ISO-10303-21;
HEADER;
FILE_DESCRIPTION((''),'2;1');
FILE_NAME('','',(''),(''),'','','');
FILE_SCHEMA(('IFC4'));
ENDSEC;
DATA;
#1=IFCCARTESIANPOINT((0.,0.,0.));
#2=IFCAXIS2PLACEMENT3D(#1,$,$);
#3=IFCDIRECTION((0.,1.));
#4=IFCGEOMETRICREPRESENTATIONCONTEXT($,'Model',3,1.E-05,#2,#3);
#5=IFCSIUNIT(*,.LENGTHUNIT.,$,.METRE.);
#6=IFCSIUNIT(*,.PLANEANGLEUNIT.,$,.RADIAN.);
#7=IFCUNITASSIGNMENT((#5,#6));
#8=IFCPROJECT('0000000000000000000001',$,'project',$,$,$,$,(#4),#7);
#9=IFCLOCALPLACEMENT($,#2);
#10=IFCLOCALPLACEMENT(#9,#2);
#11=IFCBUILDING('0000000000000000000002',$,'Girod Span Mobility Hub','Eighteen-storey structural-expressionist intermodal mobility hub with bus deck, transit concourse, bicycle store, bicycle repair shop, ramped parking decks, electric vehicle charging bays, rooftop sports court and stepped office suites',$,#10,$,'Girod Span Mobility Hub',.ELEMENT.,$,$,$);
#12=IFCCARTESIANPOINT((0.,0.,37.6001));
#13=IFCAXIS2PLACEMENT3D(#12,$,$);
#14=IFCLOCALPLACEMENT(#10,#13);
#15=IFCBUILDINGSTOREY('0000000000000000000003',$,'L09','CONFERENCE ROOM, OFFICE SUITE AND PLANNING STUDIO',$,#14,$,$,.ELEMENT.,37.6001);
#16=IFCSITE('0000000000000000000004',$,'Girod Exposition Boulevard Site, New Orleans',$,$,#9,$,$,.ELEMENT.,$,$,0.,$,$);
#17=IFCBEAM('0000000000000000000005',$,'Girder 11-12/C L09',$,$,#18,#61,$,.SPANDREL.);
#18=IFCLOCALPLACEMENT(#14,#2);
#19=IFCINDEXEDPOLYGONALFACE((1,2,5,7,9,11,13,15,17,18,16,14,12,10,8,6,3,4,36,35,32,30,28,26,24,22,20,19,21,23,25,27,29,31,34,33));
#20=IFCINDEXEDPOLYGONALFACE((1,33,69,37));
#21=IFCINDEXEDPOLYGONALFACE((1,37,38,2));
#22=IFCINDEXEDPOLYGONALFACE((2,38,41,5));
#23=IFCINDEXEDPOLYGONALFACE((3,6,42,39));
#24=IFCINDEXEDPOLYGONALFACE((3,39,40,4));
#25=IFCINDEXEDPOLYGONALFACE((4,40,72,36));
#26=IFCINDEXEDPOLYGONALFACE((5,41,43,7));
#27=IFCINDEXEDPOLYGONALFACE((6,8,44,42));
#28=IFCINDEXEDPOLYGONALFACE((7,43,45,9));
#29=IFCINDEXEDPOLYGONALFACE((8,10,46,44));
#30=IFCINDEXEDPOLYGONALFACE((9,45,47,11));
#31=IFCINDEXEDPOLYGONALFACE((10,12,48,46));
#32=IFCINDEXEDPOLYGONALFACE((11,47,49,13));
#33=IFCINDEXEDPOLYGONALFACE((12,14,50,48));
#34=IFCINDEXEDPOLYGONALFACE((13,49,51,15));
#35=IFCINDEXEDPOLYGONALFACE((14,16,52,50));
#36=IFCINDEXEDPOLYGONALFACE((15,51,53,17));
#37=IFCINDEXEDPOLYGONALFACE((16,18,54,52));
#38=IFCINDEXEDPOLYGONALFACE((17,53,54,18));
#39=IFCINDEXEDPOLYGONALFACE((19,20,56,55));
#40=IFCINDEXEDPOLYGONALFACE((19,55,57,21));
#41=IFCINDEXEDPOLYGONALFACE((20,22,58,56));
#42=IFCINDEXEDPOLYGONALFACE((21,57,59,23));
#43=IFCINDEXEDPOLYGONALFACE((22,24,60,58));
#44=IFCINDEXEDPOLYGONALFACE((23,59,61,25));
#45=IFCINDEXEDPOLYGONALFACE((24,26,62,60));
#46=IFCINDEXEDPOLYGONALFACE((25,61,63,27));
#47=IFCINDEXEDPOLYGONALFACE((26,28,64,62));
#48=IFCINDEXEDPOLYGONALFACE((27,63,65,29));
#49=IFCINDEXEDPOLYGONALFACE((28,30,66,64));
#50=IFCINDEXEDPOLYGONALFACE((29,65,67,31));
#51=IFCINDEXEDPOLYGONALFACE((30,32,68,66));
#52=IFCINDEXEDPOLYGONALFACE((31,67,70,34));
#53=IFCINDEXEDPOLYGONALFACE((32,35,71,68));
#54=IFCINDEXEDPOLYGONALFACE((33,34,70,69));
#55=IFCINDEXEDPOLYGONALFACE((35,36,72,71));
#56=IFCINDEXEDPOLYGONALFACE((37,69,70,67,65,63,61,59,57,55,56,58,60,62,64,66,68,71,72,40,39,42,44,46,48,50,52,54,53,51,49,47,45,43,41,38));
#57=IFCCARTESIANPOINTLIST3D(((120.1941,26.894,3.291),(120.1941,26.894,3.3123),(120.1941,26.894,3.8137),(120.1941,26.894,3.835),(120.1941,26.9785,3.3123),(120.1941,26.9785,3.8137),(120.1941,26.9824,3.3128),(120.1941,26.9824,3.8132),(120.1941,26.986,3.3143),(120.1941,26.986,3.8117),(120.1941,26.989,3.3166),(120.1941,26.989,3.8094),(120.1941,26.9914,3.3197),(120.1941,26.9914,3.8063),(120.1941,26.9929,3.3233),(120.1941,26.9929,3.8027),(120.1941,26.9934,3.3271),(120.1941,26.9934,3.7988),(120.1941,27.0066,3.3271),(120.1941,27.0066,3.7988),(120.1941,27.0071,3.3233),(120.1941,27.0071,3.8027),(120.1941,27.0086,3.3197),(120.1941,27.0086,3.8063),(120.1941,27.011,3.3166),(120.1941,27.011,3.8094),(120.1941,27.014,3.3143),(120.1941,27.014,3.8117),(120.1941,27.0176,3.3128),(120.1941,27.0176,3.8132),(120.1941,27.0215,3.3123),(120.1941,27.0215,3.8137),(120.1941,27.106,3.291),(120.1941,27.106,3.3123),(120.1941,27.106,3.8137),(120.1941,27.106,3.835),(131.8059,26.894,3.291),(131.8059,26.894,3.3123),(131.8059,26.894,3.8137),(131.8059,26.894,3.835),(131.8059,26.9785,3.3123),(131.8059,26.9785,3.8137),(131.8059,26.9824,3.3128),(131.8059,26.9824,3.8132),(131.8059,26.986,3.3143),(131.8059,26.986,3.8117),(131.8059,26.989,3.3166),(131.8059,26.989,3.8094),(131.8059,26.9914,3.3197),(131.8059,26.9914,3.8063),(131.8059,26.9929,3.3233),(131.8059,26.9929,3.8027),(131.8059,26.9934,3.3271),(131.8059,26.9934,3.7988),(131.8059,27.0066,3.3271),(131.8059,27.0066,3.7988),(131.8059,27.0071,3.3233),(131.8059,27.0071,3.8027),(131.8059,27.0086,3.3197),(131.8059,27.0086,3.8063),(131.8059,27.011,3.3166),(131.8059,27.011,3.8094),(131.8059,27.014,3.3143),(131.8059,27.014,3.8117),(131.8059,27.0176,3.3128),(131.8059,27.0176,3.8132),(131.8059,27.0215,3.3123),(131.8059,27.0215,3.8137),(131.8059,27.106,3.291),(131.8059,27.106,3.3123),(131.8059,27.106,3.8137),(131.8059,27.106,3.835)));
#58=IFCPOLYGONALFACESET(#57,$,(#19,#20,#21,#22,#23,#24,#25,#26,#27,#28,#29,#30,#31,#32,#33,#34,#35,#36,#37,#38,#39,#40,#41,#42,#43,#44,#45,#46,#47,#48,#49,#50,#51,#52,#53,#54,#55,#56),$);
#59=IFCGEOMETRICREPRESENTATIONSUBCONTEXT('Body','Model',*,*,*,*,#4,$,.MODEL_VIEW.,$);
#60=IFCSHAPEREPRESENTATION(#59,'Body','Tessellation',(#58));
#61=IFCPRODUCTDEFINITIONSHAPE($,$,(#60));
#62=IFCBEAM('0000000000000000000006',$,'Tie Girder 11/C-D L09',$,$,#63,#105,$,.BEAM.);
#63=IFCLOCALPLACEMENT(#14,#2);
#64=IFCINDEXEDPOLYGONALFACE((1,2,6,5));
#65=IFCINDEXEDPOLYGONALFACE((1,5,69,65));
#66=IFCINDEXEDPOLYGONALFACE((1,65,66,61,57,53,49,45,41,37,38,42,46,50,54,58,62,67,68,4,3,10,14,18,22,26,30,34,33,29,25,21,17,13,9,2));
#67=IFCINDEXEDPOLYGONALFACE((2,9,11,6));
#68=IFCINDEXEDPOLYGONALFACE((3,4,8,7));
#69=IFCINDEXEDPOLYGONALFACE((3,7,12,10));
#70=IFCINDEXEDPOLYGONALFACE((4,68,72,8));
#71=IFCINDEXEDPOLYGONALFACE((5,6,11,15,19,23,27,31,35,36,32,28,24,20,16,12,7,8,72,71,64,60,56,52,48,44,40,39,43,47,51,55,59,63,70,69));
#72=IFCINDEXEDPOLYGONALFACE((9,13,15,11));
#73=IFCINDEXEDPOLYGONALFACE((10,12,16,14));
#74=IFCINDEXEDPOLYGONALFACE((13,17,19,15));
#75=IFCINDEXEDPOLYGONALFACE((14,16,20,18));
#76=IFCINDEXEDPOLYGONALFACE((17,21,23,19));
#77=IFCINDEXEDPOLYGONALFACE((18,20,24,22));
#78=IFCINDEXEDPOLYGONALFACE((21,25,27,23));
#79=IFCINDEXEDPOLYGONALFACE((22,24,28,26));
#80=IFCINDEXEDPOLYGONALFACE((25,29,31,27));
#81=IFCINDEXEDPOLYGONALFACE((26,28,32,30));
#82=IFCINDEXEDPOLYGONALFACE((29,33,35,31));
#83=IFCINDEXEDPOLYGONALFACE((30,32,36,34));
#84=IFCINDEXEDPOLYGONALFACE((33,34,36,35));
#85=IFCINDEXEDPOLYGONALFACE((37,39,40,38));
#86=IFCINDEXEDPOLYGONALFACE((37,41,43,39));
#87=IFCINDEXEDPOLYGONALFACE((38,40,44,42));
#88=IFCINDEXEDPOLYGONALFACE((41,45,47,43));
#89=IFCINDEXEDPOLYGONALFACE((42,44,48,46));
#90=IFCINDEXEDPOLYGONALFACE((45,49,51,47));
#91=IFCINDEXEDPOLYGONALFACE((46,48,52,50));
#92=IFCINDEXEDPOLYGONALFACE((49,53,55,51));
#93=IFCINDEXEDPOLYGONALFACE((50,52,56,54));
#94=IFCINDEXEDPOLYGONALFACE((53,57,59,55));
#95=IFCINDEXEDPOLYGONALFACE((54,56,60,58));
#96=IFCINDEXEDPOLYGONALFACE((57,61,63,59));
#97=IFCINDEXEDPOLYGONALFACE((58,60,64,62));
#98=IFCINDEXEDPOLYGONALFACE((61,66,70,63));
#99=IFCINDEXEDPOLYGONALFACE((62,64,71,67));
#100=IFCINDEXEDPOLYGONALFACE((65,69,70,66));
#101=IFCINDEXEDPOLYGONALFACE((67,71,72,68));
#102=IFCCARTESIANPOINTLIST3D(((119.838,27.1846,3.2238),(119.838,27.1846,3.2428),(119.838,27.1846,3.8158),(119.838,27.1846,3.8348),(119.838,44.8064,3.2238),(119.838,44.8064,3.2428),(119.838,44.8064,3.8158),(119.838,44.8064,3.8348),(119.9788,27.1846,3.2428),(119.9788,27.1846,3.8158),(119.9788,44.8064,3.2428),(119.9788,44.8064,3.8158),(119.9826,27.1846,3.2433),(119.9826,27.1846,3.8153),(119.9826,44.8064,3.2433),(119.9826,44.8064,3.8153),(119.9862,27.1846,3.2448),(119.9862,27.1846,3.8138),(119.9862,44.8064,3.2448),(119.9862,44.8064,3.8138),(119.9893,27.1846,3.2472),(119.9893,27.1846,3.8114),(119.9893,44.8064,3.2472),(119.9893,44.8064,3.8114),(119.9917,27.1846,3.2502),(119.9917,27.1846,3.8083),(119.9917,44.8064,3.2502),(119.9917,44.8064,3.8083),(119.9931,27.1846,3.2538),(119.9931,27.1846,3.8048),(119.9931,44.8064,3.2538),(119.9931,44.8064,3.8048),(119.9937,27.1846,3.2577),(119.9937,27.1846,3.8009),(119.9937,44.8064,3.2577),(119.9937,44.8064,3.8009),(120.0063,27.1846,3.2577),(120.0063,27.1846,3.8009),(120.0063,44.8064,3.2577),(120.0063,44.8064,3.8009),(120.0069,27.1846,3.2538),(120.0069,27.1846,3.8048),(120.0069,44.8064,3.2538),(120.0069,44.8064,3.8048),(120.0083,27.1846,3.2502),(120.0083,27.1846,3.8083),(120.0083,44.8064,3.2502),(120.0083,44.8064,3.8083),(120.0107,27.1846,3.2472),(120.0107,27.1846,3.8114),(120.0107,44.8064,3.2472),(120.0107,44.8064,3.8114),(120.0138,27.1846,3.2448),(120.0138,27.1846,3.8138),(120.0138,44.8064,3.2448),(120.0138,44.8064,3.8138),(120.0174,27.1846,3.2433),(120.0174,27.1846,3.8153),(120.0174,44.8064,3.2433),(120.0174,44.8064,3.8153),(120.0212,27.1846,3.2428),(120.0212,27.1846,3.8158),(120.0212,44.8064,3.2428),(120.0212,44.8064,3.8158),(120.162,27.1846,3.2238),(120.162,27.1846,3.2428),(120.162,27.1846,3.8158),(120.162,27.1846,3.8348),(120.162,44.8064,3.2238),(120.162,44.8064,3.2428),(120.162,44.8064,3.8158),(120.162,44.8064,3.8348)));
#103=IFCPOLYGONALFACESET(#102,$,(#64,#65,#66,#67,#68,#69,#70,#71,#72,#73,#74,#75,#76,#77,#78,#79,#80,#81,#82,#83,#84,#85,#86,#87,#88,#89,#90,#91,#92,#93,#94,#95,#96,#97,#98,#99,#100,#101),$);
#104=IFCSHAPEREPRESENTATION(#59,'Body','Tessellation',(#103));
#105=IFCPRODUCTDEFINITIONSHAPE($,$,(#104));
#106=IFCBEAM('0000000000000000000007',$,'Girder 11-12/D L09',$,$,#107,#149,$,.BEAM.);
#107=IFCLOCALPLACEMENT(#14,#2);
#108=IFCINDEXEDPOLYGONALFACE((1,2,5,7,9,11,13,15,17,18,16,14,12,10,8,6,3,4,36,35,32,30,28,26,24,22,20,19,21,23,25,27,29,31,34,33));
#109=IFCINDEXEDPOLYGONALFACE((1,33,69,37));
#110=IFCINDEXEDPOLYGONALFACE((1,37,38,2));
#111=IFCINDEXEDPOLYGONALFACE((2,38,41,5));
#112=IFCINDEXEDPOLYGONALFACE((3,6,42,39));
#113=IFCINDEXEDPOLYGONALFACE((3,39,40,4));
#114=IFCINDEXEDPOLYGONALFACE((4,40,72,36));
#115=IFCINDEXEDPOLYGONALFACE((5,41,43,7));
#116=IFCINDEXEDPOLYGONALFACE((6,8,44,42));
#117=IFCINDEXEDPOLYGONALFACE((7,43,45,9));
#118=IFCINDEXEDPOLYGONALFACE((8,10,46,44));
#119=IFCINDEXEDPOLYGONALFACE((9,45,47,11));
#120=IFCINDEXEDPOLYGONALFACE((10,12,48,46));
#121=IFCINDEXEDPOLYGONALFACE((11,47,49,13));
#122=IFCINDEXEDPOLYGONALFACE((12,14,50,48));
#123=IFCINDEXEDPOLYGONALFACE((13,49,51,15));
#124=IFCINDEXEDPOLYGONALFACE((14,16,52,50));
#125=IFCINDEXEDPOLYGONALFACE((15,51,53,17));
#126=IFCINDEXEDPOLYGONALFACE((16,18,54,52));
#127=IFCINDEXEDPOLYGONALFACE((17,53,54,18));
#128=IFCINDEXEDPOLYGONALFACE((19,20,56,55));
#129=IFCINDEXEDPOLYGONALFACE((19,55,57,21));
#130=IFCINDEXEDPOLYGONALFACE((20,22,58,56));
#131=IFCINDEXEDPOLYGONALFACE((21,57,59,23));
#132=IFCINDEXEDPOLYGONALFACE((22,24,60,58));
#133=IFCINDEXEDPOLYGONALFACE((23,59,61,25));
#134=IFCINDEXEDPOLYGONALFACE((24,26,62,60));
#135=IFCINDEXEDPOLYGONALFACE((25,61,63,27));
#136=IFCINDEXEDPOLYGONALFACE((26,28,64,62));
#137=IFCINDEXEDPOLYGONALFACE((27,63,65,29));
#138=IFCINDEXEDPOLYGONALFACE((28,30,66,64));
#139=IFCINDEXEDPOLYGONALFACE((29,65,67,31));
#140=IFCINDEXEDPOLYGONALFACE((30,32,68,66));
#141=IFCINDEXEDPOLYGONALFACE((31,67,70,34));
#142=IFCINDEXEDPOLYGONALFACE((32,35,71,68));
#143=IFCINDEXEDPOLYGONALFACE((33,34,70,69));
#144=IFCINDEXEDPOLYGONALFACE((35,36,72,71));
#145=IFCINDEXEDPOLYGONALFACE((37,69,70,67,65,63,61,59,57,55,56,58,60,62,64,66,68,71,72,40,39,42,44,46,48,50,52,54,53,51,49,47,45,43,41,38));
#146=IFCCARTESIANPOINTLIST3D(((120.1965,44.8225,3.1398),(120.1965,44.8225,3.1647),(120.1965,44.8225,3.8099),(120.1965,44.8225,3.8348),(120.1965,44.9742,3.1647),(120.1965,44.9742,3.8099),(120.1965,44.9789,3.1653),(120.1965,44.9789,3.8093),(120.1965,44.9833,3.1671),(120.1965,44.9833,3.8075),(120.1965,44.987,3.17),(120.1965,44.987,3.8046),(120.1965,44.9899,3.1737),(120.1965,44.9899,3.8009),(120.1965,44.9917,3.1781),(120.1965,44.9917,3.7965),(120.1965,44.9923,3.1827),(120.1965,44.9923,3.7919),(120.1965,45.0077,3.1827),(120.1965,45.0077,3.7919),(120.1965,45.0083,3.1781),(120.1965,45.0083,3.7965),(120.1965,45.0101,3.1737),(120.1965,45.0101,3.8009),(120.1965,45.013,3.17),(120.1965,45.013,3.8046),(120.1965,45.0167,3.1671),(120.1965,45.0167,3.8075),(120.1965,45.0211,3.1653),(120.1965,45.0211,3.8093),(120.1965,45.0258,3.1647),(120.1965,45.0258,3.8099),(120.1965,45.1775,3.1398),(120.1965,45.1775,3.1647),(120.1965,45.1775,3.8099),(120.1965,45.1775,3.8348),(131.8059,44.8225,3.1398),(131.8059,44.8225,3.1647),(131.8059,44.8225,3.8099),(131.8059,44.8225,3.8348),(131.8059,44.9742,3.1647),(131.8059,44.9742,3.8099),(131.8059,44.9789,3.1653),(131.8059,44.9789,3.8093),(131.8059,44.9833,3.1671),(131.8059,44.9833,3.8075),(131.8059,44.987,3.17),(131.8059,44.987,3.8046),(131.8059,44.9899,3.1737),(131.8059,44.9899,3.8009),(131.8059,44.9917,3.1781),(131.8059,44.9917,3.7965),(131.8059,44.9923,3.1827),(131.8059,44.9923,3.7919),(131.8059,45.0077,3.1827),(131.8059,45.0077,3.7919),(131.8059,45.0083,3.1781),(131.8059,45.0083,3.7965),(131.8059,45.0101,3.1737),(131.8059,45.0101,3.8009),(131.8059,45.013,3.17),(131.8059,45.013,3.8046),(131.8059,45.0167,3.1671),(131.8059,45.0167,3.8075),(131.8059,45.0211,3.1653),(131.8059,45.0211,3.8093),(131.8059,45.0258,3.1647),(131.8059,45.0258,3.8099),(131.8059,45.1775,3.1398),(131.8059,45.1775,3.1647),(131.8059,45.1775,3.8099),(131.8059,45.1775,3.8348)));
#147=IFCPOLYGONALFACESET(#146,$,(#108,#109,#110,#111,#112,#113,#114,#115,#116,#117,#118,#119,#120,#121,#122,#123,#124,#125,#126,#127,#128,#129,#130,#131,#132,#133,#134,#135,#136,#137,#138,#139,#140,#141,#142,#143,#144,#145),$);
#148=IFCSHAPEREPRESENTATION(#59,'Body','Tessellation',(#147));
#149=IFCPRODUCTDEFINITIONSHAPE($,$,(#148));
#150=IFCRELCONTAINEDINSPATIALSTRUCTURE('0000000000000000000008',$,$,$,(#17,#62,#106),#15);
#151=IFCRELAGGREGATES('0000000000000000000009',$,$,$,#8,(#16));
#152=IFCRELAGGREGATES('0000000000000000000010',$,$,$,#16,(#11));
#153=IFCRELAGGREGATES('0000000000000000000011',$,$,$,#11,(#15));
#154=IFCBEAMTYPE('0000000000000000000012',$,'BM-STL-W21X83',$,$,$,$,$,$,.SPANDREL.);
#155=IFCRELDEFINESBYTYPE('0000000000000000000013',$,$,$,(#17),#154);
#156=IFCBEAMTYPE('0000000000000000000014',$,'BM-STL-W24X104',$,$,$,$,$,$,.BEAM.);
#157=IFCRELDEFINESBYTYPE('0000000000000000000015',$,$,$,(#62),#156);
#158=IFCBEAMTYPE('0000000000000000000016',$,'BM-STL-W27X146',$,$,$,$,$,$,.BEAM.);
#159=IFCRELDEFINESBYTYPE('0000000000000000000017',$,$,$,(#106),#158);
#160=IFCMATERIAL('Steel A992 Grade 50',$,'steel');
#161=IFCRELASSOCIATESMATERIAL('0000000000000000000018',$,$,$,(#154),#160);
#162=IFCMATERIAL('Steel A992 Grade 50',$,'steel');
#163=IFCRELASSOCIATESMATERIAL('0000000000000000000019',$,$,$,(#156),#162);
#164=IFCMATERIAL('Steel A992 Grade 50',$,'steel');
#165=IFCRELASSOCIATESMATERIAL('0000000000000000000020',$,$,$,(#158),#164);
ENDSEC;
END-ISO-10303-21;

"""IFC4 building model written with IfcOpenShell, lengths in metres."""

from ifc_helpers import new_model, si_unit, direction, frame, origin, origin_2d, place, context, subcontext, project, spatial, i_section, extrude, material, material_profile, profile_set, type_object, element, save


model = new_model("IFC4")

# Units and contexts
model_context = context("Model", 3, precision=1e-05, world=origin(), true_north=direction((0.0, 1.0)))
body_context = subcontext(model_context, "Body", "Model", "MODEL_VIEW")
ifc_project = project(units=[si_unit("LENGTHUNIT", "METRE"), si_unit("PLANEANGLEUNIT", "RADIAN")], contexts=[model_context])

# Site, building, storey
site_placement = place(None, origin())
site = spatial("IfcSite", under=ifc_project, at=site_placement, Name="Girod Exposition Boulevard Site, New Orleans", CompositionType="ELEMENT", RefElevation=0.0)
building_placement = place(site_placement, origin())
building = spatial("IfcBuilding", under=site, at=building_placement, Name="Girod Span Mobility Hub", Description="Eighteen-storey structural-expressionist intermodal mobility hub with bus deck, transit concourse, bicycle store, bicycle repair shop, ramped parking decks, electric vehicle charging bays, rooftop sports court and stepped office suites", LongName="Girod Span Mobility Hub", CompositionType="ELEMENT")
storey_placement = place(building_placement, frame((0.0, 0.0, 37.6001)))
storey = spatial("IfcBuildingStorey", under=building, at=storey_placement, Name="L09", Description="CONFERENCE ROOM, OFFICE SUITE AND PLANNING STUDIO", CompositionType="ELEMENT", Elevation=37.6001)

# Beams
ifc_material_1 = material(Name="Steel A992 Grade 50", Category="steel")
ifc_material_profile_1 = material_profile(ifc_material_1, i_section(OverallWidth=0.2119, OverallDepth=0.5439, WebThickness=0.0132, FlangeThickness=0.0212, FilletRadius=0.0149, at=origin_2d()), Name="W21X83")
ifc_profile_set_1 = profile_set([ifc_material_profile_1], Name="Steel A992 Grade 50")
beam_type_1 = type_object("IfcBeamType", Name="BM-STL-W21X83", PredefinedType="SPANDREL", material=ifc_profile_set_1)
beam_1_placement = place(storey_placement, frame((120.1941, 27.0, 3.563), z_axis=(1.0, 0.0, 0.0), x_axis=(0.0, 1.0, 0.0)))
element("IfcBeam", 1, at=beam_1_placement, inside=storey, type_object=beam_type_1, Name="Girder 11-12/C L09", PredefinedType="SPANDREL", context=body_context, shape_type="SweptSolid", body=[
    extrude(i_section(OverallWidth=0.2119, OverallDepth=0.5439, WebThickness=0.0132, FlangeThickness=0.0212, FilletRadius=0.0149, at=origin_2d()), origin(), (0.0, 0.0, 1.0), 11.6118),
])
ifc_material_2 = material(Name="Steel A992 Grade 50", Category="steel")
ifc_material_profile_2 = material_profile(ifc_material_2, i_section(OverallWidth=0.324, OverallDepth=0.6111, WebThickness=0.0127, FlangeThickness=0.019, FilletRadius=0.0149, at=origin_2d()), Name="W24X104")
ifc_profile_set_2 = profile_set([ifc_material_profile_2], Name="Steel A992 Grade 50")
beam_type_2 = type_object("IfcBeamType", Name="BM-STL-W24X104", PredefinedType="BEAM", material=ifc_profile_set_2)
beam_2_placement = place(storey_placement, frame((120.0, 27.1846, 3.5293), z_axis=(0.0, 1.0, 0.0), x_axis=(-1.0, 0.0, 0.0)))
element("IfcBeam", 2, at=beam_2_placement, inside=storey, type_object=beam_type_2, Name="Tie Girder 11/C-D L09", PredefinedType="BEAM", context=body_context, shape_type="SweptSolid", body=[
    extrude(i_section(OverallWidth=0.324, OverallDepth=0.6111, WebThickness=0.0127, FlangeThickness=0.019, FilletRadius=0.0149, at=origin_2d()), origin(), (0.0, 0.0, 1.0), 17.6218),
])
ifc_material_3 = material(Name="Steel A992 Grade 50", Category="steel")
ifc_material_profile_3 = material_profile(ifc_material_3, i_section(OverallWidth=0.355, OverallDepth=0.6951, WebThickness=0.0154, FlangeThickness=0.0249, FilletRadius=0.0181, at=origin_2d()), Name="W27X146")
ifc_profile_set_3 = profile_set([ifc_material_profile_3], Name="Steel A992 Grade 50")
beam_type_3 = type_object("IfcBeamType", Name="BM-STL-W27X146", PredefinedType="BEAM", material=ifc_profile_set_3)
beam_3_placement = place(storey_placement, frame((120.1965, 45.0, 3.4873), z_axis=(1.0, 0.0, 0.0), x_axis=(0.0, 1.0, 0.0)))
element("IfcBeam", 3, at=beam_3_placement, inside=storey, type_object=beam_type_3, Name="Girder 11-12/D L09", PredefinedType="BEAM", context=body_context, shape_type="SweptSolid", body=[
    extrude(i_section(OverallWidth=0.355, OverallDepth=0.6951, WebThickness=0.0154, FlangeThickness=0.0249, FilletRadius=0.0181, at=origin_2d()), origin(), (0.0, 0.0, 1.0), 11.6094),
])

save(model, "model.ifc")
